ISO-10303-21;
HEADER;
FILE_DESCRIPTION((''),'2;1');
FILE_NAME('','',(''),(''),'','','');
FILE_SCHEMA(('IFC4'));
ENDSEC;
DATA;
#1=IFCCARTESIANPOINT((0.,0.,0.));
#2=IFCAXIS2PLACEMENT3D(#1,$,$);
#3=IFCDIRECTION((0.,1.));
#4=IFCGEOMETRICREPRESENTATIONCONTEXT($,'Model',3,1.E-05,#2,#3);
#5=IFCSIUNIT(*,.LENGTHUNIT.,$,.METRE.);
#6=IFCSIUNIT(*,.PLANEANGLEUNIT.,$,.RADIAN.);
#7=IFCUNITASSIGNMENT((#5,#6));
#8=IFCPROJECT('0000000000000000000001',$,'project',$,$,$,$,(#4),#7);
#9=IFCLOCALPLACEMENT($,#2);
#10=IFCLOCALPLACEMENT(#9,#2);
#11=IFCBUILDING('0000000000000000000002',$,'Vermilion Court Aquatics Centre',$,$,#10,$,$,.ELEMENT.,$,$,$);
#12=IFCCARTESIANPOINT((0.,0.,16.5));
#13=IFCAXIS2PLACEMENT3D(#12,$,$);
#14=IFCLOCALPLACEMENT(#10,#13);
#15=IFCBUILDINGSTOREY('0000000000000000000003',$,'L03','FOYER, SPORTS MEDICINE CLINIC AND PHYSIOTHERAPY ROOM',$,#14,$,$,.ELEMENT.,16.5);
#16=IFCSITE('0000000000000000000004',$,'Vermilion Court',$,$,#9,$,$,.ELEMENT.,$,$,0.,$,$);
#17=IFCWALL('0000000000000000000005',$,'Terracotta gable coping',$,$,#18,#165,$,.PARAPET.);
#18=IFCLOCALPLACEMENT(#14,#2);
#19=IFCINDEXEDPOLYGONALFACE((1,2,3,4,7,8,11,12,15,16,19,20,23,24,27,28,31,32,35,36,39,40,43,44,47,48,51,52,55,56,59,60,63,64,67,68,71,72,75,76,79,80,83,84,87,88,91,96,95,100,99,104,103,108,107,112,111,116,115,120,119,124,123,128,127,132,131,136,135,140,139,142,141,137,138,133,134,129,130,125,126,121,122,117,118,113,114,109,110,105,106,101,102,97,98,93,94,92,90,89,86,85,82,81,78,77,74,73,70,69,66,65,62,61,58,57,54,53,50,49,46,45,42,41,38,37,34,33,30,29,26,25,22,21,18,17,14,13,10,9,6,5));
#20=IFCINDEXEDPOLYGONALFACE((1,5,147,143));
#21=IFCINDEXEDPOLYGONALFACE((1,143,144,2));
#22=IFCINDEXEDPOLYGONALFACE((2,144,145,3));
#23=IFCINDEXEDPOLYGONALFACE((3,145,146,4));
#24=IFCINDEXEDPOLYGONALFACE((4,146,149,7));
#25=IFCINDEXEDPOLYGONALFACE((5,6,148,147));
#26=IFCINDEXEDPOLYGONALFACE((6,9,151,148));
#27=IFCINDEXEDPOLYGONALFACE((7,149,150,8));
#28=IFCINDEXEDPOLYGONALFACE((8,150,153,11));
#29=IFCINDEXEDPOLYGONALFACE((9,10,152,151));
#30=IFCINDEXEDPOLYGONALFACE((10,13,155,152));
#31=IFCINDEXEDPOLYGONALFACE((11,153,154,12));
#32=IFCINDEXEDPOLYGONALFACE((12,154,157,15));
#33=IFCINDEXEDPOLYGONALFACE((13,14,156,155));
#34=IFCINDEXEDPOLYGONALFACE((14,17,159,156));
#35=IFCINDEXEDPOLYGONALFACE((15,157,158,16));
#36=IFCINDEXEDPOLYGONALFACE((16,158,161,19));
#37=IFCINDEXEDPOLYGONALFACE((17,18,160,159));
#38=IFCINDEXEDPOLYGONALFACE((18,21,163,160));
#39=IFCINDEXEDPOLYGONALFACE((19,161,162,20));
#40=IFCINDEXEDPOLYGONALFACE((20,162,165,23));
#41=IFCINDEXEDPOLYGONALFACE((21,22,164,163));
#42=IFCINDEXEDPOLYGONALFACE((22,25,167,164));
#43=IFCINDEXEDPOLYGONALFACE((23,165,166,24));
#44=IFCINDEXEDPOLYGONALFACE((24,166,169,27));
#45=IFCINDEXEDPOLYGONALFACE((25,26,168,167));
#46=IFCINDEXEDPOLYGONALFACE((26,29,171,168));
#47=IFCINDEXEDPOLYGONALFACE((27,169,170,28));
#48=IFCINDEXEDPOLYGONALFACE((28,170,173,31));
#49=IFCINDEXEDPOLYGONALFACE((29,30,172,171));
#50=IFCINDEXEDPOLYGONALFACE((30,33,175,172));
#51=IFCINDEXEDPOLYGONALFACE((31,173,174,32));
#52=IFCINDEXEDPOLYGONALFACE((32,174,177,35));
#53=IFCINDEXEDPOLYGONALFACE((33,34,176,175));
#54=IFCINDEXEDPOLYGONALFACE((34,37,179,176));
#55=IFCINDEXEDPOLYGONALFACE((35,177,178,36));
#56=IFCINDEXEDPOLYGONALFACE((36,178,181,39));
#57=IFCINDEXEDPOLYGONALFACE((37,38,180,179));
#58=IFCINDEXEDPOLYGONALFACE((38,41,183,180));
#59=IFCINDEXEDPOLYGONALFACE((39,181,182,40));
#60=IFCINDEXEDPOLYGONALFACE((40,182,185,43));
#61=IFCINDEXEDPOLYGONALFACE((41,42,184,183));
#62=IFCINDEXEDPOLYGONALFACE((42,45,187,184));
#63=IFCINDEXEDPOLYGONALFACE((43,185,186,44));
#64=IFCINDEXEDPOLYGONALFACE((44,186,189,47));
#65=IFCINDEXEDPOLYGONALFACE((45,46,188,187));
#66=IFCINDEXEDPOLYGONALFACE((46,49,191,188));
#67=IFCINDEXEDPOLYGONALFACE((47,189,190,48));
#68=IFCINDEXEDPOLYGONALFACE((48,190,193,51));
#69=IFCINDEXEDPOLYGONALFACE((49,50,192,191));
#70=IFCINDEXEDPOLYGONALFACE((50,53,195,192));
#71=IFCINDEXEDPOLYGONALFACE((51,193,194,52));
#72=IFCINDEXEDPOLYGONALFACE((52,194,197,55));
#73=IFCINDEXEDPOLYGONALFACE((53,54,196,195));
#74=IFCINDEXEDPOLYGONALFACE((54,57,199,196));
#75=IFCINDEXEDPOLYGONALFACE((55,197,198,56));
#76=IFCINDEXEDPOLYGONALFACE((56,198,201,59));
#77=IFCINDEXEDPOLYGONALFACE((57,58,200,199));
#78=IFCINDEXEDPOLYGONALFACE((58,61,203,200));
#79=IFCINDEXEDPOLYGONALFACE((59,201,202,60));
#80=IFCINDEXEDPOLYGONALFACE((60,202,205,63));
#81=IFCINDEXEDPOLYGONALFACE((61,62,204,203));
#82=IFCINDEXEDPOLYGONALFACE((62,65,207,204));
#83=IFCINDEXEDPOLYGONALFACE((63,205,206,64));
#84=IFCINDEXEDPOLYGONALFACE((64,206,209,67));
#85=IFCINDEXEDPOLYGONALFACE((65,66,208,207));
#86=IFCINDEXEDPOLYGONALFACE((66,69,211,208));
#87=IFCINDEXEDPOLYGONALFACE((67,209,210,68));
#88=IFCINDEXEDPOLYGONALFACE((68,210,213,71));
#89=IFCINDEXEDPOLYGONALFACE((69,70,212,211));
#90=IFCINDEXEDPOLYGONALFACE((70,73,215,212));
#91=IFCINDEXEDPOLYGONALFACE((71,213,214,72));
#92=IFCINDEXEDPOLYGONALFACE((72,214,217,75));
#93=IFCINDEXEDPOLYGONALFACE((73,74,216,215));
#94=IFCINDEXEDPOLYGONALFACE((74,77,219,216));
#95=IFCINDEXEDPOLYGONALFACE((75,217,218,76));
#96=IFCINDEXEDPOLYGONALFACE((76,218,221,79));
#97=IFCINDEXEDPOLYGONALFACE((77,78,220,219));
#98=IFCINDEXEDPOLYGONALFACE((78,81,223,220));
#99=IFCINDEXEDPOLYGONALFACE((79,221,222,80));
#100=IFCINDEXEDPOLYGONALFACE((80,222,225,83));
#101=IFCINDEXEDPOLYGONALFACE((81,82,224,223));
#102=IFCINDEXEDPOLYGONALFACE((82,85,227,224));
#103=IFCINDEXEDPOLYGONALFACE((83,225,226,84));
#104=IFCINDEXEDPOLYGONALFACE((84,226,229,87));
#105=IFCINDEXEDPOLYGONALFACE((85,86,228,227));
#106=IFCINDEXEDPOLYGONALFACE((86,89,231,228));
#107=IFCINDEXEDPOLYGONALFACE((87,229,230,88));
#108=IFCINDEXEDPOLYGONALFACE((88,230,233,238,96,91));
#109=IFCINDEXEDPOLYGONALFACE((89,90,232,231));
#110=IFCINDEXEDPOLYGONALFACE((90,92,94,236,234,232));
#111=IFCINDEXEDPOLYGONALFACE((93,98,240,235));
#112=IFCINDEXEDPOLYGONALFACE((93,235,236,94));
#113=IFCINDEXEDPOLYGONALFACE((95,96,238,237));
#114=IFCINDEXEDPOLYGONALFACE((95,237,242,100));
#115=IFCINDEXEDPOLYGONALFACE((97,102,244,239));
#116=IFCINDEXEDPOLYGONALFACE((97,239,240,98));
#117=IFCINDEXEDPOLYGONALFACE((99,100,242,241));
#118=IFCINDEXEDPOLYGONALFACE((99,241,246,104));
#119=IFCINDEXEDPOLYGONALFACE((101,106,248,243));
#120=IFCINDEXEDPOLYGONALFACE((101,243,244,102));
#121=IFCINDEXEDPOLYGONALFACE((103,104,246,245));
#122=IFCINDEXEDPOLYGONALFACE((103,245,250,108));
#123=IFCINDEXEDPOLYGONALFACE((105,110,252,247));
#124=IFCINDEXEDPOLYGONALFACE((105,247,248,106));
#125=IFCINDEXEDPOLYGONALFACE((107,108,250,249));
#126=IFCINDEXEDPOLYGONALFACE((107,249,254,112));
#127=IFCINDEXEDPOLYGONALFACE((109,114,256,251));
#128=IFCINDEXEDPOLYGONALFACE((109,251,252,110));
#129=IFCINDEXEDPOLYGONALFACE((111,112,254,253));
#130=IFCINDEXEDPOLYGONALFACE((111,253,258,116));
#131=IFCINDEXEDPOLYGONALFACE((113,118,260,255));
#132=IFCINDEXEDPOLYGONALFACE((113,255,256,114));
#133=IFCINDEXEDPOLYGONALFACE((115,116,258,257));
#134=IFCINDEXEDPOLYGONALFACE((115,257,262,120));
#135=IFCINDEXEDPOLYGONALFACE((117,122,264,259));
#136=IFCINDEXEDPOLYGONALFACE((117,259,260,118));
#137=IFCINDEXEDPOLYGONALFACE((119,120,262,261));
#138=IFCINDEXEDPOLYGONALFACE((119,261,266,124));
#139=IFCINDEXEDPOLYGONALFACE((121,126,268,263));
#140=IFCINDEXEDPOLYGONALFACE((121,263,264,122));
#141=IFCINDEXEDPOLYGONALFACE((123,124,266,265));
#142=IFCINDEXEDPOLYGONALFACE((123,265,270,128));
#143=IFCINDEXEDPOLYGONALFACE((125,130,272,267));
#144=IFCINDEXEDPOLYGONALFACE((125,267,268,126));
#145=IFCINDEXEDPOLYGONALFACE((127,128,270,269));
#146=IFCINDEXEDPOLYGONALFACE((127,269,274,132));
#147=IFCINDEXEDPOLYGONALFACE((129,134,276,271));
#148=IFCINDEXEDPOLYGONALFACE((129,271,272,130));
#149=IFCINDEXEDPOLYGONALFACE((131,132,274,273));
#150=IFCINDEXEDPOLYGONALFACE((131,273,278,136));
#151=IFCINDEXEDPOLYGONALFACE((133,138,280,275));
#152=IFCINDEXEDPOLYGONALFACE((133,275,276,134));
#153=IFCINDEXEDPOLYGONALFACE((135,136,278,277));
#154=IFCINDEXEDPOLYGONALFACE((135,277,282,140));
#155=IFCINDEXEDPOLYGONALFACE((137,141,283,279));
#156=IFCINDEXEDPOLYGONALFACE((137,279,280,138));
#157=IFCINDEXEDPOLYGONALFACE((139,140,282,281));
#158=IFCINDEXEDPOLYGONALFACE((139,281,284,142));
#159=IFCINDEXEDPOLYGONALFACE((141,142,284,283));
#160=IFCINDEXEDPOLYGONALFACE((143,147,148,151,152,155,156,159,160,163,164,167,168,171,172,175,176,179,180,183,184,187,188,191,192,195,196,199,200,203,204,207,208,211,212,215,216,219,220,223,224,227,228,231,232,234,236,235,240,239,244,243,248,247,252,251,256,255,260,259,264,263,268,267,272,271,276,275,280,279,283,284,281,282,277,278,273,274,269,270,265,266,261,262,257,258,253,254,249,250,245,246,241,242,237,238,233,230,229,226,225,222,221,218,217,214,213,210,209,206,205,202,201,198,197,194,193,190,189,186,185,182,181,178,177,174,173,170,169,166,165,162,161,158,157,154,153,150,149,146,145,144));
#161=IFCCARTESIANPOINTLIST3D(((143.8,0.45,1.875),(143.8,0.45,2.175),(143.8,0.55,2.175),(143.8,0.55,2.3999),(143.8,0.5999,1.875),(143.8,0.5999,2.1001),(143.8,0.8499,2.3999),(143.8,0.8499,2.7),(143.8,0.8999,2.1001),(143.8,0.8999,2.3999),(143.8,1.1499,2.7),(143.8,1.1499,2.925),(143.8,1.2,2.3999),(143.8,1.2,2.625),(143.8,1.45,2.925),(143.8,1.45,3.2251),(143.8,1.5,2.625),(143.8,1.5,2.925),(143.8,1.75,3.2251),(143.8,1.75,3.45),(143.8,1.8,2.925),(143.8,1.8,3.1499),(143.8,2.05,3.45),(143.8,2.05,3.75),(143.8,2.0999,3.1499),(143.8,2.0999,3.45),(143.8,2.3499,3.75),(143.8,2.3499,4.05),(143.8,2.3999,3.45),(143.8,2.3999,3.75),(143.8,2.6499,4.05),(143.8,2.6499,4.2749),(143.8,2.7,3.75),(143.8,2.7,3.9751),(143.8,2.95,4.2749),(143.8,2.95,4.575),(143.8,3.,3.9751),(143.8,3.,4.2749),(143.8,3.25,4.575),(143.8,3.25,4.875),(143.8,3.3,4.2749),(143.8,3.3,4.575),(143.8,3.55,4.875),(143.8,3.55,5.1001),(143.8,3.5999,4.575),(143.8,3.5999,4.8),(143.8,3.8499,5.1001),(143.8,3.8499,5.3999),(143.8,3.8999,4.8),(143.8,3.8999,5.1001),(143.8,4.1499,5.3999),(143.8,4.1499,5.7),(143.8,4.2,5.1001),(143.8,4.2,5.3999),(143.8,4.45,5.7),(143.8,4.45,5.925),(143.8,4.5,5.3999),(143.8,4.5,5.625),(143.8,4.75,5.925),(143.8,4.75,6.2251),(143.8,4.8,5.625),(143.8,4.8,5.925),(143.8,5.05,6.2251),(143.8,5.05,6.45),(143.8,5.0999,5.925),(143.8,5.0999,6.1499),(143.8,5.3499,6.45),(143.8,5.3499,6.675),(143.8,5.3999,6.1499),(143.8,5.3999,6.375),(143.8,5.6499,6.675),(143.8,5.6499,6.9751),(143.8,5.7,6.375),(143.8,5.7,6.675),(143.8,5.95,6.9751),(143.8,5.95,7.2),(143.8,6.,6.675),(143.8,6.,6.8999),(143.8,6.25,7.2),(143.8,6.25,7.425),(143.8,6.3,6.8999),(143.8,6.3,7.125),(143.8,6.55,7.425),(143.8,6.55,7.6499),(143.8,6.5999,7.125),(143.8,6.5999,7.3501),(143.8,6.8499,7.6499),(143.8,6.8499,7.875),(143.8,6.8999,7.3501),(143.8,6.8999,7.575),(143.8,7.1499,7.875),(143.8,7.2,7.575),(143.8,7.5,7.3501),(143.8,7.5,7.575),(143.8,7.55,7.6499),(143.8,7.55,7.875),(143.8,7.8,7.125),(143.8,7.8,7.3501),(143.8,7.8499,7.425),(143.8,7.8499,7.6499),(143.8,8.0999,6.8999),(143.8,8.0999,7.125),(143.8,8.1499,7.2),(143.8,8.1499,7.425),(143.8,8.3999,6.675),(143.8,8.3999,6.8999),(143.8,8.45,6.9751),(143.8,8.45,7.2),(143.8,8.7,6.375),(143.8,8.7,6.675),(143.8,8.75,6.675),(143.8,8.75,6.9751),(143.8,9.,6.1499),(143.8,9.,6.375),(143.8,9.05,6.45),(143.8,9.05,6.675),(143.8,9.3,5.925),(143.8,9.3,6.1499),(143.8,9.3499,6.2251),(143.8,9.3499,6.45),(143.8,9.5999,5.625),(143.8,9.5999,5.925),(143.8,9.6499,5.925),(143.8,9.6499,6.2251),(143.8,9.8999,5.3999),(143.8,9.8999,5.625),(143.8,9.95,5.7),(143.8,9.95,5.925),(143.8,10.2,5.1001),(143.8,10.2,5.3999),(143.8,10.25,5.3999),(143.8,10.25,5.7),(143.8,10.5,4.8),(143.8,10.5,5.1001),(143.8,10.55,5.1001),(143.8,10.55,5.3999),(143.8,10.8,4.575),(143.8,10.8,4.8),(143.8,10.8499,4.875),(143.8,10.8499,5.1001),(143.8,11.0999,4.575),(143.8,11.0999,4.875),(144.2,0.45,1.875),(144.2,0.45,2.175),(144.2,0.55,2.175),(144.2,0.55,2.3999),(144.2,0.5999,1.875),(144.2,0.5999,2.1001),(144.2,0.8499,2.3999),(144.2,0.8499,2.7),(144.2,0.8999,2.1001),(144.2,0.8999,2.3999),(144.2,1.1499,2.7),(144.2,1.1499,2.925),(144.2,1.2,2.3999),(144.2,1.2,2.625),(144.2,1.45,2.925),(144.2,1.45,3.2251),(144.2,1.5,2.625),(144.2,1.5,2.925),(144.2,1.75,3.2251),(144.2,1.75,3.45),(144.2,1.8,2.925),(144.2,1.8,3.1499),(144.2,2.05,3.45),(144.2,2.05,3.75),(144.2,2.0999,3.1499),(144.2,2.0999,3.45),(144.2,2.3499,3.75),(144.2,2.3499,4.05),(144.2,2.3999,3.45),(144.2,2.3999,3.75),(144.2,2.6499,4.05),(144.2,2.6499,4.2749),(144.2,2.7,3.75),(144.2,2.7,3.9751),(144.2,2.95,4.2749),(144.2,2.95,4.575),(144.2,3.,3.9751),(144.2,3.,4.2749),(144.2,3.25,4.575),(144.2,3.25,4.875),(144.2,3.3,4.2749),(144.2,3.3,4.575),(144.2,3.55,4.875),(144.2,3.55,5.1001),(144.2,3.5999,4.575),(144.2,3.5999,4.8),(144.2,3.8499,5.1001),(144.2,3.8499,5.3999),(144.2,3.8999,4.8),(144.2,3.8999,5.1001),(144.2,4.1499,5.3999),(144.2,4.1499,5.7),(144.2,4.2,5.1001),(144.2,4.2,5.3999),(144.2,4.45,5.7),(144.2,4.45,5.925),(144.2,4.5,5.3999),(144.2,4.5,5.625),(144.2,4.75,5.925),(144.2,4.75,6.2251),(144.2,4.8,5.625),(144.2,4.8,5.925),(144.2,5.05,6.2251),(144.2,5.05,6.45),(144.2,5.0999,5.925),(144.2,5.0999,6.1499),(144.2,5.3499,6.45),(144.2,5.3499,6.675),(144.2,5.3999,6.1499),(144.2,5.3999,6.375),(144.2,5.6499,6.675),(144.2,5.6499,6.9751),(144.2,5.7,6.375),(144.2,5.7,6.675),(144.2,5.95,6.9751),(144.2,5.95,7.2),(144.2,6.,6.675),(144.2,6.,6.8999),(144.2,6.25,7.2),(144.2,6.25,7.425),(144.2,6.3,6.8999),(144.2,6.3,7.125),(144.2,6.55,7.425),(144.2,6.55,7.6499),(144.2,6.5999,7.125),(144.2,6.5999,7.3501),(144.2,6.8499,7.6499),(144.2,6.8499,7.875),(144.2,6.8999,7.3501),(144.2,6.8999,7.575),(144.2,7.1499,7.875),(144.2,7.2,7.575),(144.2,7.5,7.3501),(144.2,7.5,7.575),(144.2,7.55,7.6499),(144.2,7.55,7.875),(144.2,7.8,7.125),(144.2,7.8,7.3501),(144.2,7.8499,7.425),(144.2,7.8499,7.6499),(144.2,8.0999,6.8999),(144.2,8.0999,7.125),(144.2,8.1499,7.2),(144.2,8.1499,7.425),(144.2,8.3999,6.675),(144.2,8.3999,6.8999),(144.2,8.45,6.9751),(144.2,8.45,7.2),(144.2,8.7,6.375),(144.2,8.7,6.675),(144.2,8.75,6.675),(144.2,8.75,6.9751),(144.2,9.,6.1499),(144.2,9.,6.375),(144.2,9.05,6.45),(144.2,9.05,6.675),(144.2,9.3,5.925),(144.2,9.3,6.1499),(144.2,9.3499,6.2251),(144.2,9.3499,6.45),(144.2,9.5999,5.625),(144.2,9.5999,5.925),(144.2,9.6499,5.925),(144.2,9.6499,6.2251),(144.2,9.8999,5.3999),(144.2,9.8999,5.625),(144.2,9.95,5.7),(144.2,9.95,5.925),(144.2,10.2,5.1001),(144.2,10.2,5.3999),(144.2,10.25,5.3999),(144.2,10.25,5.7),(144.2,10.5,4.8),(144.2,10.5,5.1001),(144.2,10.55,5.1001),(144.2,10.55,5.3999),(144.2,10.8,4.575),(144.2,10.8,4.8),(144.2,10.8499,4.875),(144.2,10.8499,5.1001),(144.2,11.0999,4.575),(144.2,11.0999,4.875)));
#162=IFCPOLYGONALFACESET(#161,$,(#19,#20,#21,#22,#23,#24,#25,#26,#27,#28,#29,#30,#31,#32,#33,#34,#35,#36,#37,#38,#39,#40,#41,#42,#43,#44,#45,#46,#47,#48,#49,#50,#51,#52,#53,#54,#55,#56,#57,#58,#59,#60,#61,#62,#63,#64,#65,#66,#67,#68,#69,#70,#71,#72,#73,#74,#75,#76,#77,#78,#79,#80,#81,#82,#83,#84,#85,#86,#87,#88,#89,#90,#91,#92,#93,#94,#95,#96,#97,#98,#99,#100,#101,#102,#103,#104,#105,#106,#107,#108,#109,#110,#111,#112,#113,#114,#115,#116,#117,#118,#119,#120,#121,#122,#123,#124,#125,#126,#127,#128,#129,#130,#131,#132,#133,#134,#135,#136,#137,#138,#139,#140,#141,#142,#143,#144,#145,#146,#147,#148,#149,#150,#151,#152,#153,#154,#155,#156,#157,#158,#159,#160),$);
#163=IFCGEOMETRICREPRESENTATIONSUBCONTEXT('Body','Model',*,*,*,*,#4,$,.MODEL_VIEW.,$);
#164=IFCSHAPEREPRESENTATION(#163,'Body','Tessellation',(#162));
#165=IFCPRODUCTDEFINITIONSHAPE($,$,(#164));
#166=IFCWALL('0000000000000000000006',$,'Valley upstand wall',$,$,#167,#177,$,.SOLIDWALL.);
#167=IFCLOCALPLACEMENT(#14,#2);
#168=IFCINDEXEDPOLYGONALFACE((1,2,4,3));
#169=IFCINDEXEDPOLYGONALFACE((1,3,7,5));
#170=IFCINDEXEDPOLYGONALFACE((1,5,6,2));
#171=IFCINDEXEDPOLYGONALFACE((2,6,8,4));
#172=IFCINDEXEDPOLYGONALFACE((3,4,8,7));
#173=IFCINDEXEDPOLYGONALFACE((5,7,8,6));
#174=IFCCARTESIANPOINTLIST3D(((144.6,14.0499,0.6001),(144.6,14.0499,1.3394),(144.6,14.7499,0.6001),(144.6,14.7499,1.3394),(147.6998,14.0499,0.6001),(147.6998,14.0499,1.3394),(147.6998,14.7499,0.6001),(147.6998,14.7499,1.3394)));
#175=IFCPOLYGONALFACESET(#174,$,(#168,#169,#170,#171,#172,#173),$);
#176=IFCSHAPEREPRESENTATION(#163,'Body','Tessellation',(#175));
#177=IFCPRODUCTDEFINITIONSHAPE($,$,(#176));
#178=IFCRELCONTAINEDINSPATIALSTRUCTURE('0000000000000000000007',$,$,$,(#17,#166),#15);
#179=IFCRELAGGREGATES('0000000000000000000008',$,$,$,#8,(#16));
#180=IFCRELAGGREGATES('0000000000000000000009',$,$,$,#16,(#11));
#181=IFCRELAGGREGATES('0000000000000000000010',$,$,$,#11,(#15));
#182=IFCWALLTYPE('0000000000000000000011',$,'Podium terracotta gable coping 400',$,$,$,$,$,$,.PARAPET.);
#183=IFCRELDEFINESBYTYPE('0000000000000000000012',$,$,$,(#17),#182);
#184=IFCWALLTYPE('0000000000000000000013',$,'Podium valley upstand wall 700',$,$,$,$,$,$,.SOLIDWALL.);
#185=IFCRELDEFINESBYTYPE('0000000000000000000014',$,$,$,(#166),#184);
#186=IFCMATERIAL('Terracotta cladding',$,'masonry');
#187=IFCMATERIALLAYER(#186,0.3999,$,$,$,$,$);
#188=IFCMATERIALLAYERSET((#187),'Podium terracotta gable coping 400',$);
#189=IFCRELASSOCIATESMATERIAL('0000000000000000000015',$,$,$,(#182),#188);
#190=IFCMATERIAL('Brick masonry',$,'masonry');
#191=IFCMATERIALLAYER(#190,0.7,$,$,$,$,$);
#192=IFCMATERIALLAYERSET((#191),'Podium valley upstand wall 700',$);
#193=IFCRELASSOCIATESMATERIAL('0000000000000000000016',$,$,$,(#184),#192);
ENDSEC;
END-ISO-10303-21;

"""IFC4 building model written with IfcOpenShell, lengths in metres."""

from ifc_helpers import new_model, si_unit, direction, frame, frame_2d, origin, place, context, subcontext, project, spatial, polyline, rectangle, outline, extrude, material, layer, layer_set, type_object, element, save


model = new_model("IFC4")

# Units and contexts
model_context = context("Model", 3, precision=1e-05, world=origin(), true_north=direction((0.0, 1.0)))
body_context = subcontext(model_context, "Body", "Model", "MODEL_VIEW")
ifc_project = project(units=[si_unit("LENGTHUNIT", "METRE"), si_unit("PLANEANGLEUNIT", "RADIAN")], contexts=[model_context])

# Site, building, storey
site_placement = place(None, origin())
site = spatial("IfcSite", under=ifc_project, at=site_placement, Name="Vermilion Court", CompositionType="ELEMENT", RefElevation=0.0)
building_placement = place(site_placement, origin())
building = spatial("IfcBuilding", under=site, at=building_placement, Name="Vermilion Court Aquatics Centre", CompositionType="ELEMENT")
storey_placement = place(building_placement, frame((0.0, 0.0, 16.5)))
storey = spatial("IfcBuildingStorey", under=building, at=storey_placement, Name="L03", Description="FOYER, SPORTS MEDICINE CLINIC AND PHYSIOTHERAPY ROOM", CompositionType="ELEMENT", Elevation=16.5)

# Walls
ifc_material_1 = material(Name="Terracotta cladding", Category="masonry")
ifc_layer_1 = layer(ifc_material_1, 0.3999)
ifc_layer_set_1 = layer_set([ifc_layer_1], Name="Podium terracotta gable coping 400")
wall_type_1 = type_object("IfcWallType", Name="Podium terracotta gable coping 400", PredefinedType="PARAPET", material=ifc_layer_set_1)
wall_1_placement = place(storey_placement, frame((144.0, 0.45, 0.0), z_axis=(0.0, 0.0, 1.0), x_axis=(0.0, 1.0, 0.0)))
element("IfcWall", 1, at=wall_1_placement, inside=storey, type_object=wall_type_1, Name="Terracotta gable coping", PredefinedType="PARAPET", context=body_context, shape_type="SweptSolid", body=[
    extrude(outline(polyline([(0.0, 1.875), (0.1499, 1.875), (0.1499, 2.1001), (0.45, 2.1001), (0.45, 2.3999), (0.75, 2.3999), (0.75, 2.625), (1.05, 2.625), (1.05, 2.925), (1.3501, 2.925), (1.3501, 3.1499), (1.6499, 3.1499), (1.6499, 3.45), (1.95, 3.45), (1.95, 3.75), (2.25, 3.75), (2.25, 3.9751), (2.55, 3.9751), (2.55, 4.2749), (2.8501, 4.2749), (2.8501, 4.575), (3.1499, 4.575), (3.1499, 4.8), (3.45, 4.8), (3.45, 5.1001), (3.75, 5.1001), (3.75, 5.3999), (4.05, 5.3999), (4.05, 5.625), (4.3501, 5.625), (4.3501, 5.925), (4.6499, 5.925), (4.6499, 6.1499), (4.95, 6.1499), (4.95, 6.375), (5.25, 6.375), (5.25, 6.675), (5.55, 6.675), (5.55, 6.8999), (5.8501, 6.8999), (5.8501, 7.125), (6.1499, 7.125), (6.1499, 7.3501), (6.45, 7.3501), (6.45, 7.575), (6.75, 7.575), (6.75, 7.575), (7.05, 7.575), (7.05, 7.3501), (7.3501, 7.3501), (7.3501, 7.125), (7.6499, 7.125), (7.6499, 6.8999), (7.95, 6.8999), (7.95, 6.675), (8.25, 6.675), (8.25, 6.375), (8.55, 6.375), (8.55, 6.1499), (8.8501, 6.1499), (8.8501, 5.925), (9.1499, 5.925), (9.1499, 5.625), (9.45, 5.625), (9.45, 5.3999), (9.75, 5.3999), (9.75, 5.1001), (10.05, 5.1001), (10.05, 4.8), (10.3501, 4.8), (10.3501, 4.575), (10.6499, 4.575), (10.6499, 4.875), (10.3999, 4.875), (10.3999, 5.1001), (10.1001, 5.1001), (10.1001, 5.3999), (9.8, 5.3999), (9.8, 5.7), (9.5, 5.7), (9.5, 5.925), (9.2, 5.925), (9.2, 6.2251), (8.8999, 6.2251), (8.8999, 6.45), (8.6001, 6.45), (8.6001, 6.675), (8.3, 6.675), (8.3, 6.9751), (8.0, 6.9751), (8.0, 7.2), (7.7, 7.2), (7.7, 7.425), (7.3999, 7.425), (7.3999, 7.6499), (7.1001, 7.6499), (7.1001, 7.875), (6.7, 7.875), (6.7, 7.875), (6.3999, 7.875), (6.3999, 7.6499), (6.1001, 7.6499), (6.1001, 7.425), (5.8, 7.425), (5.8, 7.2), (5.5, 7.2), (5.5, 6.9751), (5.2, 6.9751), (5.2, 6.675), (4.8999, 6.675), (4.8999, 6.45), (4.6001, 6.45), (4.6001, 6.2251), (4.3, 6.2251), (4.3, 5.925), (4.0, 5.925), (4.0, 5.7), (3.7, 5.7), (3.7, 5.3999), (3.3999, 5.3999), (3.3999, 5.1001), (3.1001, 5.1001), (3.1001, 4.875), (2.8, 4.875), (2.8, 4.575), (2.5, 4.575), (2.5, 4.2749), (2.2, 4.2749), (2.2, 4.05), (1.8999, 4.05), (1.8999, 3.75), (1.6001, 3.75), (1.6001, 3.45), (1.3, 3.45), (1.3, 3.2251), (1.0, 3.2251), (1.0, 2.925), (0.7, 2.925), (0.7, 2.7), (0.3999, 2.7), (0.3999, 2.3999), (0.1001, 2.3999), (0.1001, 2.175), (0.0, 2.175), (0.0, 1.875)])), frame((0.0, 0.2, 0.0), z_axis=(0.0, -1.0, 0.0), x_axis=(1.0, 0.0, 0.0)), (0.0, 0.0, 1.0), 0.3999),
])
ifc_material_2 = material(Name="Brick masonry", Category="masonry")
ifc_layer_2 = layer(ifc_material_2, 0.7)
ifc_layer_set_2 = layer_set([ifc_layer_2], Name="Podium valley upstand wall 700")
wall_type_2 = type_object("IfcWallType", Name="Podium valley upstand wall 700", PredefinedType="SOLIDWALL", material=ifc_layer_set_2)
wall_2_placement = place(storey_placement, frame((144.6001, 14.3999, 0.6001), z_axis=(0.0, 0.0, 1.0), x_axis=(1.0, 0.0, 0.0)))
element("IfcWall", 2, at=wall_2_placement, inside=storey, type_object=wall_type_2, Name="Valley upstand wall", PredefinedType="SOLIDWALL", context=body_context, shape_type="SweptSolid", body=[
    extrude(rectangle(XDim=3.0999, YDim=0.7, at=frame_2d((1.5498, 0.0))), origin(), (0.0, 0.0, 1.0), 0.7393),
])

save(model, "model.ifc")
